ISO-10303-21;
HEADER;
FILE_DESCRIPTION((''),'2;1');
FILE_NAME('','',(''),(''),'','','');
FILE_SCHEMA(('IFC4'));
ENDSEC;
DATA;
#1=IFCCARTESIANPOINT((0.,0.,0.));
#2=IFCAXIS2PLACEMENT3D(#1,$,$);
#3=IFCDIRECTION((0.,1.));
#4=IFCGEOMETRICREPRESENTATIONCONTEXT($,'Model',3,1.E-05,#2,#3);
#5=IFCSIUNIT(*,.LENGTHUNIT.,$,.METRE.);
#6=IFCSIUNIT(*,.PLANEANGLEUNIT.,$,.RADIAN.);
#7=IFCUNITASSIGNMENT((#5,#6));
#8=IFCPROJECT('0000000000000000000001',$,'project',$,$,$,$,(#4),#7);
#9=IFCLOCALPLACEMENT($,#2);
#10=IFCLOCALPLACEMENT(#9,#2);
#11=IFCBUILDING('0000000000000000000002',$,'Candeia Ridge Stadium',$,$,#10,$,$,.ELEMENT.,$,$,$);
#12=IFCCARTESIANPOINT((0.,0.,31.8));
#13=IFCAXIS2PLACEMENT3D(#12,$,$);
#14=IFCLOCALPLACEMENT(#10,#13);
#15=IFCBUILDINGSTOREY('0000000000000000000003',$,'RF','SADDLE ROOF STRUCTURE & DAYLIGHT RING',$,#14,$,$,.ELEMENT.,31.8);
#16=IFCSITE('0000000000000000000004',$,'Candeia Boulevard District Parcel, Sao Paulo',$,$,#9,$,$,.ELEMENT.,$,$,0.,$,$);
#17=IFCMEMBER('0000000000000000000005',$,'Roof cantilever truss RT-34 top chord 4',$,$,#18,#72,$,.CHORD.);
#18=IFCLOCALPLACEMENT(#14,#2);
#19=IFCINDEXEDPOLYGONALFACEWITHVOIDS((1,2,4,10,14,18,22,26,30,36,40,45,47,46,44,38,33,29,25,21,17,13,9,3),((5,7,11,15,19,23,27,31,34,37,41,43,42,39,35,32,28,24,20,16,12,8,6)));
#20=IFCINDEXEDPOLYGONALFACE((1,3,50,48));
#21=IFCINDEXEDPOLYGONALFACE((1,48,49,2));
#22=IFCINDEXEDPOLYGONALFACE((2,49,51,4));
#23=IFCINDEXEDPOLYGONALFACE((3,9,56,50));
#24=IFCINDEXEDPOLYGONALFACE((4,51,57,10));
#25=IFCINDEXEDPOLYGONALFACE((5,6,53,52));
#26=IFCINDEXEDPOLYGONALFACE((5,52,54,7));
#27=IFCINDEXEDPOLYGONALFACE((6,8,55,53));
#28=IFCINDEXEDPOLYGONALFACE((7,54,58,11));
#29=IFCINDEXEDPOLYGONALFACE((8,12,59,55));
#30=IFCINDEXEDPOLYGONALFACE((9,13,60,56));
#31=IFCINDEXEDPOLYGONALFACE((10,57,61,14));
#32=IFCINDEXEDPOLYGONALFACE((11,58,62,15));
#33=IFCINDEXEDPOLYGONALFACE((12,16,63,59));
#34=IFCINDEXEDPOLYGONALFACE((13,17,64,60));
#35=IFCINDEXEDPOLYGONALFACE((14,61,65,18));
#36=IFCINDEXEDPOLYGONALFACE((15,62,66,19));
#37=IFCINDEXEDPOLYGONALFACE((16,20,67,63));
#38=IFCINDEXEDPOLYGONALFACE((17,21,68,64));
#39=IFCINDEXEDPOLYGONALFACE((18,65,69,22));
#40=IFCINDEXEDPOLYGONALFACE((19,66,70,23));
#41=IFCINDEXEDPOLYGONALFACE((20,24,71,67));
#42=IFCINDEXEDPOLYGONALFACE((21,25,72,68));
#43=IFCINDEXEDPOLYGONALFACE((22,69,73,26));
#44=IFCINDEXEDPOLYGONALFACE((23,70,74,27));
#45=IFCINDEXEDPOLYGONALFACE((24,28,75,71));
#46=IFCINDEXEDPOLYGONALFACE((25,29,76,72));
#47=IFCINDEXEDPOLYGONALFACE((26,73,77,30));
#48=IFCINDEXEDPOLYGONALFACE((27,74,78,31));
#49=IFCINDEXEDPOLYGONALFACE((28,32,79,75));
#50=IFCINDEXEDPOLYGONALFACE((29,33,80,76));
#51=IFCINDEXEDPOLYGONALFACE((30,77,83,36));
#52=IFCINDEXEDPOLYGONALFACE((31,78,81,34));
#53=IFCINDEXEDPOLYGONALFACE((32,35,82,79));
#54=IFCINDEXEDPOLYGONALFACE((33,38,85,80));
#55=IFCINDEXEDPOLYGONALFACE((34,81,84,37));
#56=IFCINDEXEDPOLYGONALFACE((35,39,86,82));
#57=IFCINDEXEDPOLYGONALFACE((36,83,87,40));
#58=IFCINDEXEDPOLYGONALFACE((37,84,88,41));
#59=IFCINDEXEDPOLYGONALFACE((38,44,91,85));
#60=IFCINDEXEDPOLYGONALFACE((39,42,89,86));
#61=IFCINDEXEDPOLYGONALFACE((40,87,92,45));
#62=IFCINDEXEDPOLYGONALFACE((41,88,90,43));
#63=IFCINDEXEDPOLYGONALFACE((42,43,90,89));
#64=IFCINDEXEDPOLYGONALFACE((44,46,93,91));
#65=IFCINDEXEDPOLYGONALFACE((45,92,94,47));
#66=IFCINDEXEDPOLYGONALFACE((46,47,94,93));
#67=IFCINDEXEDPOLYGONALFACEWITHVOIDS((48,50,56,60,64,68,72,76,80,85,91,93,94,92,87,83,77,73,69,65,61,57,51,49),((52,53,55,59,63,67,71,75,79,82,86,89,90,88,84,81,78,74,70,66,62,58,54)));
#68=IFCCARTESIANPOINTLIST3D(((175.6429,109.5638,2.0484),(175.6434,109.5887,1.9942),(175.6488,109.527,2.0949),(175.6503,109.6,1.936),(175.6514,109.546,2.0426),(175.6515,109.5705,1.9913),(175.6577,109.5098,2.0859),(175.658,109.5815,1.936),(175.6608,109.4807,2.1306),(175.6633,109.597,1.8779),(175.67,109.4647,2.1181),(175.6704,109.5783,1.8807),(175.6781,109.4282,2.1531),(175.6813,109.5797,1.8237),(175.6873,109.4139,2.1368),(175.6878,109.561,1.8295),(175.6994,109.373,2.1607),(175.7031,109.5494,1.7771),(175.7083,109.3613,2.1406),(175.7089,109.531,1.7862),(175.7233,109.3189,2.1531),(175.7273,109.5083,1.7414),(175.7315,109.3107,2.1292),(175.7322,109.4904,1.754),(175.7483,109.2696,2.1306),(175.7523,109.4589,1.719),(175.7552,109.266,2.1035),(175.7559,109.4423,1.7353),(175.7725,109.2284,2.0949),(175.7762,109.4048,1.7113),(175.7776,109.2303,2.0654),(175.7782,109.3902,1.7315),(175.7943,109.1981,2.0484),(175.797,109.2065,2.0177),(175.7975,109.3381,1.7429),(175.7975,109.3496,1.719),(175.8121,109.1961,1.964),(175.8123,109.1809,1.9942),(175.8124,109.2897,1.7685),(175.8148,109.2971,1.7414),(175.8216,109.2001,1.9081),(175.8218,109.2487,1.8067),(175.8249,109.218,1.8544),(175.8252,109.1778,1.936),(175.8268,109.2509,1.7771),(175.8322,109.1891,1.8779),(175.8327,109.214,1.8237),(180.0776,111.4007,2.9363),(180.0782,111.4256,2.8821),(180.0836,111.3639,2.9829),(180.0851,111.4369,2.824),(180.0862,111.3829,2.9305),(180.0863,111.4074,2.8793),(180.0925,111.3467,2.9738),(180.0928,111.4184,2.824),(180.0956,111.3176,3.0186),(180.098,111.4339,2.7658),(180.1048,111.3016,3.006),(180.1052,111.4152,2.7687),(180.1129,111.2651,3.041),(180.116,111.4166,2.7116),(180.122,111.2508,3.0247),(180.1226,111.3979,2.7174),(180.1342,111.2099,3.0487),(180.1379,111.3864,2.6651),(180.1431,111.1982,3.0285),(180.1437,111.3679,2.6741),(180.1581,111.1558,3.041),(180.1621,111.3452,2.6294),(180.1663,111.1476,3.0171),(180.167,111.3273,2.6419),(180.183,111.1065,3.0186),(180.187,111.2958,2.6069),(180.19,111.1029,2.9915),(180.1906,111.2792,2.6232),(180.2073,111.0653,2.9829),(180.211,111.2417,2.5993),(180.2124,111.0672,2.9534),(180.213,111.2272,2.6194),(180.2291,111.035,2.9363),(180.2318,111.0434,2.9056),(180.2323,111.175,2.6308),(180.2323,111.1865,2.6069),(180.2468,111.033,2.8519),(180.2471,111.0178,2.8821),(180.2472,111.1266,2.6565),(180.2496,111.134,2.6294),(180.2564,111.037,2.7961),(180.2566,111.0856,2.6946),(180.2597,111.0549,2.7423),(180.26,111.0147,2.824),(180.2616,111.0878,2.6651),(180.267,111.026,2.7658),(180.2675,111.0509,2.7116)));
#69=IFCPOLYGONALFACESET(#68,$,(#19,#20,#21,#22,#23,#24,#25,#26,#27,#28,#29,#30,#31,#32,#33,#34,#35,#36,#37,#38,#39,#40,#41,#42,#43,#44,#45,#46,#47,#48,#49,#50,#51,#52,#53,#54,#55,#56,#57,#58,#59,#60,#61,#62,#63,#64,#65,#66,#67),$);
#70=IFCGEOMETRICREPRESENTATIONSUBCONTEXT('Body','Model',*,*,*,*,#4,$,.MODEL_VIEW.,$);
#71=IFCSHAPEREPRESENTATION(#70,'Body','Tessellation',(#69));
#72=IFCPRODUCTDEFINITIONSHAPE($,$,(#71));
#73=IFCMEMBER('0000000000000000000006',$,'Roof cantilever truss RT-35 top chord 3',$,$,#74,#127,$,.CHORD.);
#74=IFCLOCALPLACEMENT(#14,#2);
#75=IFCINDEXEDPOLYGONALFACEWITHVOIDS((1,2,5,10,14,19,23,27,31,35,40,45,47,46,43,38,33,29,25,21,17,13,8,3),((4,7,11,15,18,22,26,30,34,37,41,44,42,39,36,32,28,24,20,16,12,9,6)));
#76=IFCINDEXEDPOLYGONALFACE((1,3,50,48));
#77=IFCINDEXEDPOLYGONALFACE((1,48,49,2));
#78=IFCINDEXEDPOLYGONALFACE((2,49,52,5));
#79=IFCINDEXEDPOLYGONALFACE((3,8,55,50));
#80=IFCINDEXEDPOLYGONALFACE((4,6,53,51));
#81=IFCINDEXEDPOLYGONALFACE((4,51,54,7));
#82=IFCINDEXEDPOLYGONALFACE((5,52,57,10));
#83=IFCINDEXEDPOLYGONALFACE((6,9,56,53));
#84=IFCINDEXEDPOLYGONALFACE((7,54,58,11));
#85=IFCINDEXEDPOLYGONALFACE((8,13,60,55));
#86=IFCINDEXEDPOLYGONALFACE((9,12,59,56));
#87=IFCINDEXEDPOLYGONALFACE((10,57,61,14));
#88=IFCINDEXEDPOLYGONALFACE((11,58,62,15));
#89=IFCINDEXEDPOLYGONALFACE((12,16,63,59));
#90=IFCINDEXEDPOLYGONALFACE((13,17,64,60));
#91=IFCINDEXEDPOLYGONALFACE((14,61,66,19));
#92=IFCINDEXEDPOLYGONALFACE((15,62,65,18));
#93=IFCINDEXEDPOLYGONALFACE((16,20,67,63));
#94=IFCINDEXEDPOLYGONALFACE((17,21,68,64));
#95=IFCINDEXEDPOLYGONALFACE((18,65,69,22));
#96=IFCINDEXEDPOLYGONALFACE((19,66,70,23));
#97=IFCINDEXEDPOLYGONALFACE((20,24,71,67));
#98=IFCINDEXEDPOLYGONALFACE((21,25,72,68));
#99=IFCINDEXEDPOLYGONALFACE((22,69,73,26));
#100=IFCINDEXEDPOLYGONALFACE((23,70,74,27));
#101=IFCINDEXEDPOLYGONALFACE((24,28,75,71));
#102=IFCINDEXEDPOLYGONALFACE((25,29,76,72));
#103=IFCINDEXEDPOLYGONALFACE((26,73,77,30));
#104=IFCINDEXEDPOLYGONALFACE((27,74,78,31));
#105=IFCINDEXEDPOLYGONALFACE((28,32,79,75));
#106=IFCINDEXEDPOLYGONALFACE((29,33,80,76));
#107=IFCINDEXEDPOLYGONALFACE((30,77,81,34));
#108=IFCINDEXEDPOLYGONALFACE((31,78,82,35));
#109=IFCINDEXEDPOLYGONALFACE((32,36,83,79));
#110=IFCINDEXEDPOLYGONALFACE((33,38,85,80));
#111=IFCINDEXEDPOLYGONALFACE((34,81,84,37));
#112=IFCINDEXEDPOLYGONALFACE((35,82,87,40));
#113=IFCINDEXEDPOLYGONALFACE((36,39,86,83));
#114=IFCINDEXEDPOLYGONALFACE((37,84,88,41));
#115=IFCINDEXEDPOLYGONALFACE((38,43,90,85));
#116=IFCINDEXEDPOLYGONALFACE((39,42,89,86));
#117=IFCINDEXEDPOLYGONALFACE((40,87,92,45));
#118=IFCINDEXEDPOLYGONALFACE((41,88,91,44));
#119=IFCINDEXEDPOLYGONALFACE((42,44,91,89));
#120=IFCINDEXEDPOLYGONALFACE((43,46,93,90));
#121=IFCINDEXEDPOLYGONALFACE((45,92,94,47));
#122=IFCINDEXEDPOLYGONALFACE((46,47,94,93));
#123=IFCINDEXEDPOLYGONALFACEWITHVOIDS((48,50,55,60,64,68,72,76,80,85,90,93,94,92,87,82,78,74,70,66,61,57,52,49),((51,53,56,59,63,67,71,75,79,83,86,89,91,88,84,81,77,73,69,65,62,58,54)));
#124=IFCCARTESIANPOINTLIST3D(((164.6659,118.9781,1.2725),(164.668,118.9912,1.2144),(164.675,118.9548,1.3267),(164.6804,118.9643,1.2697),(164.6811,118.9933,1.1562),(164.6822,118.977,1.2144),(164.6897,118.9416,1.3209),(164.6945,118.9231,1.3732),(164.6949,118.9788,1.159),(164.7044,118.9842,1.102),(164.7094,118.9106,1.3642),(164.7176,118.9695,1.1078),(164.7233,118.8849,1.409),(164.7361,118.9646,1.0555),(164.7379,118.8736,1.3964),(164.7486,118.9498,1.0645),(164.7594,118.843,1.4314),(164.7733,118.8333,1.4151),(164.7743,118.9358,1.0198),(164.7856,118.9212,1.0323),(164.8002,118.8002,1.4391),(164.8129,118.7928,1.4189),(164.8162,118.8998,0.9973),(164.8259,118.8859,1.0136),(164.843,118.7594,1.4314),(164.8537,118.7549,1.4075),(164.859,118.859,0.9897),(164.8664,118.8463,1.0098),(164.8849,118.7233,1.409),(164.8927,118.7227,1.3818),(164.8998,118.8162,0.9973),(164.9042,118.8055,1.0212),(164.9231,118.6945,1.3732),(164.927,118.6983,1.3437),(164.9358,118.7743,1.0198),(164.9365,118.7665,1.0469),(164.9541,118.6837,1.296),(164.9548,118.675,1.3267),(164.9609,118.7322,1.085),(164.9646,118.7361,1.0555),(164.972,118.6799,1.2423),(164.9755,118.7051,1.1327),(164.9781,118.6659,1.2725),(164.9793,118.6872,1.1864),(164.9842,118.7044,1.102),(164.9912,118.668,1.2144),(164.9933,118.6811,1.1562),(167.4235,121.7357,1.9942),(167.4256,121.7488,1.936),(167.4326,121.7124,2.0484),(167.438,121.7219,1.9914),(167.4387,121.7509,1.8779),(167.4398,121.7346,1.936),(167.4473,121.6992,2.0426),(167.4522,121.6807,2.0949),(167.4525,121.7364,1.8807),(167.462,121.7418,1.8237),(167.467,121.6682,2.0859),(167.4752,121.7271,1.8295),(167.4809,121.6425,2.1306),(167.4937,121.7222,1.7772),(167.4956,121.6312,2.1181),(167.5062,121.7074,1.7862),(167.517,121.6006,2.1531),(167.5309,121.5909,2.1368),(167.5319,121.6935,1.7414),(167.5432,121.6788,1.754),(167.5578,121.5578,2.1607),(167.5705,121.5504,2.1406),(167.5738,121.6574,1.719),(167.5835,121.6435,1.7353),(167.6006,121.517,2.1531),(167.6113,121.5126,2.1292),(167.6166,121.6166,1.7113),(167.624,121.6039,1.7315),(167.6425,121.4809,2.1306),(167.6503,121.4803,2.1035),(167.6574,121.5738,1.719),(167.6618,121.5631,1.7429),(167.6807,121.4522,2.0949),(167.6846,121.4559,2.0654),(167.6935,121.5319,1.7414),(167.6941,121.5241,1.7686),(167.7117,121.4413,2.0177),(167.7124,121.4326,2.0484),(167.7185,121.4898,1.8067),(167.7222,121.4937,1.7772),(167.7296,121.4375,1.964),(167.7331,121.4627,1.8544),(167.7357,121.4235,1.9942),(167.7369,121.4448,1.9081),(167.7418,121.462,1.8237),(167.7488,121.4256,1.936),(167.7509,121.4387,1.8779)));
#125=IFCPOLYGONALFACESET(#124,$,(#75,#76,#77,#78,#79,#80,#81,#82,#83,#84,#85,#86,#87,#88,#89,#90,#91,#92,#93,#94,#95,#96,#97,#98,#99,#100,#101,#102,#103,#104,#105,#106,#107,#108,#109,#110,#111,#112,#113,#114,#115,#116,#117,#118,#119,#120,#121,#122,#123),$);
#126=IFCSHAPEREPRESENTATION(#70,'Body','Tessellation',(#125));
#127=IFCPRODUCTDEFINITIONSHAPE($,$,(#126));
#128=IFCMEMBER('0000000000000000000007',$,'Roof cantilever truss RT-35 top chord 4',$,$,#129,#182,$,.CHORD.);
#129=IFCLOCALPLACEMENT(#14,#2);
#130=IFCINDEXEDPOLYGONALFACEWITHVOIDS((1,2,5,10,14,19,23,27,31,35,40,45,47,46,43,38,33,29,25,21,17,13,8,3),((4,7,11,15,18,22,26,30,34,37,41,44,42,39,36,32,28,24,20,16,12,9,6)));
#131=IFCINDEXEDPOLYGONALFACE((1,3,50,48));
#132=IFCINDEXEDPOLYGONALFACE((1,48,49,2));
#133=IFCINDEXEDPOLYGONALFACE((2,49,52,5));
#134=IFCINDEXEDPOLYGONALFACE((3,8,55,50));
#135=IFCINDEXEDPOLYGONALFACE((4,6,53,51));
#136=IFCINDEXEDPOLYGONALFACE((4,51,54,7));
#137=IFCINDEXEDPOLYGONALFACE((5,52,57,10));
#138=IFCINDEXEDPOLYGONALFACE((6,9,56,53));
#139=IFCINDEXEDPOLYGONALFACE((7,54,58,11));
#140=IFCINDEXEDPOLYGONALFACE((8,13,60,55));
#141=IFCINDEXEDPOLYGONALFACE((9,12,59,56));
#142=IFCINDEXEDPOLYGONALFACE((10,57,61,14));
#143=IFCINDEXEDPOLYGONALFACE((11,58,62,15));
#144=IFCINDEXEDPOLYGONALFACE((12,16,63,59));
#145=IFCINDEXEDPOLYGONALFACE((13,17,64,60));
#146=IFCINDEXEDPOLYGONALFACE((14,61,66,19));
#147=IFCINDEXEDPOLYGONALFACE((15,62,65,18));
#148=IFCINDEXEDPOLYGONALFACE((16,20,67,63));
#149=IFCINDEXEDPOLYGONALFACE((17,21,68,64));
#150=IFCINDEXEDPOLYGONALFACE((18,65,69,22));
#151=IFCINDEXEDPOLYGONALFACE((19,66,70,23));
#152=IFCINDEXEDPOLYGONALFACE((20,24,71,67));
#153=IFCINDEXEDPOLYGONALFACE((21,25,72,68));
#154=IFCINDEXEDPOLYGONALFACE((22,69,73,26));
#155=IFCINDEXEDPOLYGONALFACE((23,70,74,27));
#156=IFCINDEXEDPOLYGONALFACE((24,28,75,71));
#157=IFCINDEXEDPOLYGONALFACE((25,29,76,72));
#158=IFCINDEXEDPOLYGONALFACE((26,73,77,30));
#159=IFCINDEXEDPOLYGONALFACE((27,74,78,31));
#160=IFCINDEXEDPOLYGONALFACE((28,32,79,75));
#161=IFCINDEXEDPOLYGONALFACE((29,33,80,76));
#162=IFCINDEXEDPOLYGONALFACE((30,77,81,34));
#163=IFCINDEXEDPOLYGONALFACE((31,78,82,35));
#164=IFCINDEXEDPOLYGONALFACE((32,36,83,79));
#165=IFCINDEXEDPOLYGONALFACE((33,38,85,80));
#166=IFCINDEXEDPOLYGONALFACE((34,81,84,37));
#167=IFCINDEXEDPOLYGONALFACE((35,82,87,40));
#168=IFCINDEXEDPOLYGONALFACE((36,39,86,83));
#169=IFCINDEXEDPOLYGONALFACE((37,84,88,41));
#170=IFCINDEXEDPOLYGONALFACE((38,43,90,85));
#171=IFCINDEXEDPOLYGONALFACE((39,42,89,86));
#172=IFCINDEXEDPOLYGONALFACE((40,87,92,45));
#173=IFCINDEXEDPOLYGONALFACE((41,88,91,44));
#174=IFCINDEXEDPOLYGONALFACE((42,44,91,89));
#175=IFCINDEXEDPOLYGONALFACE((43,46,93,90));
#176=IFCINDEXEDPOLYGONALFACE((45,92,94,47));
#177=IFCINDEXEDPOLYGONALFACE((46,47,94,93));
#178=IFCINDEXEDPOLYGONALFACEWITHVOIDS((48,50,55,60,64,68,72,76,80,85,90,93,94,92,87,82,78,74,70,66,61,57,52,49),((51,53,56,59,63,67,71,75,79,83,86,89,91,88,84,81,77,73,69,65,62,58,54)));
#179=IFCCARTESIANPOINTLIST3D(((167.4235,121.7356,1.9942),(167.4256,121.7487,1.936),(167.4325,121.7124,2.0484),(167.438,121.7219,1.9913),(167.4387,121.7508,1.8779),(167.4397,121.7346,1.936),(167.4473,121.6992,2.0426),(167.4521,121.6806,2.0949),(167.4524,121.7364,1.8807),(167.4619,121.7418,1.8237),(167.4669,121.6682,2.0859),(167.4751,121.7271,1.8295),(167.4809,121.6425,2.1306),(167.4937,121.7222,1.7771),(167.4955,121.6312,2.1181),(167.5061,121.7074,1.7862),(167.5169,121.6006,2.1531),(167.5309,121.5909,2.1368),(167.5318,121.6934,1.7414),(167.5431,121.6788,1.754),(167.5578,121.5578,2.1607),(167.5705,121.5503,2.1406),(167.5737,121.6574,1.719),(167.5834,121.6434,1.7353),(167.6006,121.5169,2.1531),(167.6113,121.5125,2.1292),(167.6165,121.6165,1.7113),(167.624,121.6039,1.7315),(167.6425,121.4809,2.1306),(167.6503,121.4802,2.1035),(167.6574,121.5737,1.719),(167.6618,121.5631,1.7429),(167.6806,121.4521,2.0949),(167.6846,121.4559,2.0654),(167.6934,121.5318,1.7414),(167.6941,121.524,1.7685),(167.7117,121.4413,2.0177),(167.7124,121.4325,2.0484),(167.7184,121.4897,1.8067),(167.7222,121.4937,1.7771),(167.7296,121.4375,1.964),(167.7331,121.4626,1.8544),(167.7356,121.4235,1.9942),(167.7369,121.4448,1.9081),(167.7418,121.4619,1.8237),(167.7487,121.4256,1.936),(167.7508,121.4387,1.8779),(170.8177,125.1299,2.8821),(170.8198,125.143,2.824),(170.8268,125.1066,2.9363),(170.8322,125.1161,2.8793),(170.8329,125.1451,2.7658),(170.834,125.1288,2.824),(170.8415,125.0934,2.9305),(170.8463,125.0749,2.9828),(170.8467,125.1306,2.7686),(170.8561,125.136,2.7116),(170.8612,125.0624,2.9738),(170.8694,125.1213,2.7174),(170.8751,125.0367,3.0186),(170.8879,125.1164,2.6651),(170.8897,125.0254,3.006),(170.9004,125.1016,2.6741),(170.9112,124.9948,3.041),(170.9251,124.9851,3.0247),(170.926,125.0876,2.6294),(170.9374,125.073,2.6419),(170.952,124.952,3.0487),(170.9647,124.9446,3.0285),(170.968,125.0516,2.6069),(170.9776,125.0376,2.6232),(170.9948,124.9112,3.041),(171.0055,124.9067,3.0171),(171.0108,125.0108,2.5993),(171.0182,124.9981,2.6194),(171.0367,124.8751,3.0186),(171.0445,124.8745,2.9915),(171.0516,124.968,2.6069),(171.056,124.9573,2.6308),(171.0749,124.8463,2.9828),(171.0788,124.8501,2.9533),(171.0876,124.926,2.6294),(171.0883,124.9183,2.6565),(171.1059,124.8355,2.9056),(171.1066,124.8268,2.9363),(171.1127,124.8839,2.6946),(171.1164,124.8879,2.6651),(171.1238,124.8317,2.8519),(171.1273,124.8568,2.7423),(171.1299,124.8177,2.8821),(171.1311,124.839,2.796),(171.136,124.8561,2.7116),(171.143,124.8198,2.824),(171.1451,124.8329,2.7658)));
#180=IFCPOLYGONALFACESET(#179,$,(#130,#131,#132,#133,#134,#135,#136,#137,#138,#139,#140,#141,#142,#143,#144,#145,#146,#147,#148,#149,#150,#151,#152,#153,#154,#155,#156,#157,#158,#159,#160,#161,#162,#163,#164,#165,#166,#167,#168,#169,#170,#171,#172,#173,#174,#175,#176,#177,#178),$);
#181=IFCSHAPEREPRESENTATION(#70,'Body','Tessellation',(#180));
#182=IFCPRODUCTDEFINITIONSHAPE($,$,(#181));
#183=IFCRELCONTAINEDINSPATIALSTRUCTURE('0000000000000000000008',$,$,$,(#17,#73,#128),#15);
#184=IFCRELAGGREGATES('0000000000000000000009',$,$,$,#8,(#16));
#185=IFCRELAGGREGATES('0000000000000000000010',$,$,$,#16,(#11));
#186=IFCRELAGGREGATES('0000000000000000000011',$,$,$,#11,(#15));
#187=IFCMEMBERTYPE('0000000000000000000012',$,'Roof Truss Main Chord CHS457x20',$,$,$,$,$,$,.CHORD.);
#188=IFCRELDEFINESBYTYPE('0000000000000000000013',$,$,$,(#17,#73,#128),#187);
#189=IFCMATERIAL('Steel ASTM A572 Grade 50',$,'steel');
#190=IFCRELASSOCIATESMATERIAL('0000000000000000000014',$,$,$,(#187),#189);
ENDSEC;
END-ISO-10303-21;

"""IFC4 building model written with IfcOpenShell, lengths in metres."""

from ifc_helpers import new_model, si_unit, direction, frame, origin, origin_2d, place, context, subcontext, project, spatial, hollow_circle, extrude, material, material_profile, profile_set, type_object, element, save


model = new_model("IFC4")

# Units and contexts
model_context = context("Model", 3, precision=1e-05, world=origin(), true_north=direction((0.0, 1.0)))
body_context = subcontext(model_context, "Body", "Model", "MODEL_VIEW")
ifc_project = project(units=[si_unit("LENGTHUNIT", "METRE"), si_unit("PLANEANGLEUNIT", "RADIAN")], contexts=[model_context])

# Site, building, storey
site_placement = place(None, origin())
site = spatial("IfcSite", under=ifc_project, at=site_placement, Name="Candeia Boulevard District Parcel, Sao Paulo", CompositionType="ELEMENT", RefElevation=0.0)
building_placement = place(site_placement, origin())
building = spatial("IfcBuilding", under=site, at=building_placement, Name="Candeia Ridge Stadium", CompositionType="ELEMENT")
storey_placement = place(building_placement, frame((0.0, 0.0, 31.8)))
storey = spatial("IfcBuildingStorey", under=building, at=storey_placement, Name="RF", Description="SADDLE ROOF STRUCTURE & DAYLIGHT RING", CompositionType="ELEMENT", Elevation=31.8)

# Shared definitions
ifc_material_1 = material(Name="Steel ASTM A572 Grade 50", Category="steel")

# Members
ifc_material_profile_1 = material_profile(ifc_material_1, hollow_circle(Radius=0.2285, WallThickness=0.02, at=origin_2d()), Name="CHS457x20", Category="steel")
ifc_profile_set_1 = profile_set([ifc_material_profile_1], Name="Steel ASTM A572 Grade 50")
member_type_1 = type_object("IfcMemberType", Name="Roof Truss Main Chord CHS457x20", PredefinedType="CHORD", material=ifc_profile_set_1)
member_1_placement = place(storey_placement, frame((175.7378, 109.3889, 1.936), z_axis=(0.908471, 0.376291, 0.181894), x_axis=(-0.382675, 0.923883, 0.0)))
element("IfcMember", 1, at=member_1_placement, inside=storey, type_object=member_type_1, Name="Roof cantilever truss RT-34 top chord 4", PredefinedType="CHORD", context=body_context, shape_type="SweptSolid", body=[
    extrude(hollow_circle(Radius=0.2285, WallThickness=0.02, at=origin_2d()), origin(), (0.0, 0.0, 1.0), 4.8816),
])
member_2_placement = place(storey_placement, frame((164.8296, 118.8296, 1.2144), z_axis=(0.695301, 0.695301, 0.181966), x_axis=(-0.707107, 0.707107, 0.0)))
element("IfcMember", 2, at=member_2_placement, inside=storey, type_object=member_type_1, Name="Roof cantilever truss RT-35 top chord 3", PredefinedType="CHORD", context=body_context, shape_type="SweptSolid", body=[
    extrude(hollow_circle(Radius=0.2285, WallThickness=0.02, at=origin_2d()), origin(), (0.0, 0.0, 1.0), 3.9661),
])
member_3_placement = place(storey_placement, frame((167.5872, 121.5872, 1.936), z_axis=(0.695311, 0.695311, 0.181892), x_axis=(-0.707107, 0.707107, 0.0)))
element("IfcMember", 3, at=member_3_placement, inside=storey, type_object=member_type_1, Name="Roof cantilever truss RT-35 top chord 4", PredefinedType="CHORD", context=body_context, shape_type="SweptSolid", body=[
    extrude(hollow_circle(Radius=0.2285, WallThickness=0.02, at=origin_2d()), origin(), (0.0, 0.0, 1.0), 4.8816),
])

save(model, "model.ifc")
